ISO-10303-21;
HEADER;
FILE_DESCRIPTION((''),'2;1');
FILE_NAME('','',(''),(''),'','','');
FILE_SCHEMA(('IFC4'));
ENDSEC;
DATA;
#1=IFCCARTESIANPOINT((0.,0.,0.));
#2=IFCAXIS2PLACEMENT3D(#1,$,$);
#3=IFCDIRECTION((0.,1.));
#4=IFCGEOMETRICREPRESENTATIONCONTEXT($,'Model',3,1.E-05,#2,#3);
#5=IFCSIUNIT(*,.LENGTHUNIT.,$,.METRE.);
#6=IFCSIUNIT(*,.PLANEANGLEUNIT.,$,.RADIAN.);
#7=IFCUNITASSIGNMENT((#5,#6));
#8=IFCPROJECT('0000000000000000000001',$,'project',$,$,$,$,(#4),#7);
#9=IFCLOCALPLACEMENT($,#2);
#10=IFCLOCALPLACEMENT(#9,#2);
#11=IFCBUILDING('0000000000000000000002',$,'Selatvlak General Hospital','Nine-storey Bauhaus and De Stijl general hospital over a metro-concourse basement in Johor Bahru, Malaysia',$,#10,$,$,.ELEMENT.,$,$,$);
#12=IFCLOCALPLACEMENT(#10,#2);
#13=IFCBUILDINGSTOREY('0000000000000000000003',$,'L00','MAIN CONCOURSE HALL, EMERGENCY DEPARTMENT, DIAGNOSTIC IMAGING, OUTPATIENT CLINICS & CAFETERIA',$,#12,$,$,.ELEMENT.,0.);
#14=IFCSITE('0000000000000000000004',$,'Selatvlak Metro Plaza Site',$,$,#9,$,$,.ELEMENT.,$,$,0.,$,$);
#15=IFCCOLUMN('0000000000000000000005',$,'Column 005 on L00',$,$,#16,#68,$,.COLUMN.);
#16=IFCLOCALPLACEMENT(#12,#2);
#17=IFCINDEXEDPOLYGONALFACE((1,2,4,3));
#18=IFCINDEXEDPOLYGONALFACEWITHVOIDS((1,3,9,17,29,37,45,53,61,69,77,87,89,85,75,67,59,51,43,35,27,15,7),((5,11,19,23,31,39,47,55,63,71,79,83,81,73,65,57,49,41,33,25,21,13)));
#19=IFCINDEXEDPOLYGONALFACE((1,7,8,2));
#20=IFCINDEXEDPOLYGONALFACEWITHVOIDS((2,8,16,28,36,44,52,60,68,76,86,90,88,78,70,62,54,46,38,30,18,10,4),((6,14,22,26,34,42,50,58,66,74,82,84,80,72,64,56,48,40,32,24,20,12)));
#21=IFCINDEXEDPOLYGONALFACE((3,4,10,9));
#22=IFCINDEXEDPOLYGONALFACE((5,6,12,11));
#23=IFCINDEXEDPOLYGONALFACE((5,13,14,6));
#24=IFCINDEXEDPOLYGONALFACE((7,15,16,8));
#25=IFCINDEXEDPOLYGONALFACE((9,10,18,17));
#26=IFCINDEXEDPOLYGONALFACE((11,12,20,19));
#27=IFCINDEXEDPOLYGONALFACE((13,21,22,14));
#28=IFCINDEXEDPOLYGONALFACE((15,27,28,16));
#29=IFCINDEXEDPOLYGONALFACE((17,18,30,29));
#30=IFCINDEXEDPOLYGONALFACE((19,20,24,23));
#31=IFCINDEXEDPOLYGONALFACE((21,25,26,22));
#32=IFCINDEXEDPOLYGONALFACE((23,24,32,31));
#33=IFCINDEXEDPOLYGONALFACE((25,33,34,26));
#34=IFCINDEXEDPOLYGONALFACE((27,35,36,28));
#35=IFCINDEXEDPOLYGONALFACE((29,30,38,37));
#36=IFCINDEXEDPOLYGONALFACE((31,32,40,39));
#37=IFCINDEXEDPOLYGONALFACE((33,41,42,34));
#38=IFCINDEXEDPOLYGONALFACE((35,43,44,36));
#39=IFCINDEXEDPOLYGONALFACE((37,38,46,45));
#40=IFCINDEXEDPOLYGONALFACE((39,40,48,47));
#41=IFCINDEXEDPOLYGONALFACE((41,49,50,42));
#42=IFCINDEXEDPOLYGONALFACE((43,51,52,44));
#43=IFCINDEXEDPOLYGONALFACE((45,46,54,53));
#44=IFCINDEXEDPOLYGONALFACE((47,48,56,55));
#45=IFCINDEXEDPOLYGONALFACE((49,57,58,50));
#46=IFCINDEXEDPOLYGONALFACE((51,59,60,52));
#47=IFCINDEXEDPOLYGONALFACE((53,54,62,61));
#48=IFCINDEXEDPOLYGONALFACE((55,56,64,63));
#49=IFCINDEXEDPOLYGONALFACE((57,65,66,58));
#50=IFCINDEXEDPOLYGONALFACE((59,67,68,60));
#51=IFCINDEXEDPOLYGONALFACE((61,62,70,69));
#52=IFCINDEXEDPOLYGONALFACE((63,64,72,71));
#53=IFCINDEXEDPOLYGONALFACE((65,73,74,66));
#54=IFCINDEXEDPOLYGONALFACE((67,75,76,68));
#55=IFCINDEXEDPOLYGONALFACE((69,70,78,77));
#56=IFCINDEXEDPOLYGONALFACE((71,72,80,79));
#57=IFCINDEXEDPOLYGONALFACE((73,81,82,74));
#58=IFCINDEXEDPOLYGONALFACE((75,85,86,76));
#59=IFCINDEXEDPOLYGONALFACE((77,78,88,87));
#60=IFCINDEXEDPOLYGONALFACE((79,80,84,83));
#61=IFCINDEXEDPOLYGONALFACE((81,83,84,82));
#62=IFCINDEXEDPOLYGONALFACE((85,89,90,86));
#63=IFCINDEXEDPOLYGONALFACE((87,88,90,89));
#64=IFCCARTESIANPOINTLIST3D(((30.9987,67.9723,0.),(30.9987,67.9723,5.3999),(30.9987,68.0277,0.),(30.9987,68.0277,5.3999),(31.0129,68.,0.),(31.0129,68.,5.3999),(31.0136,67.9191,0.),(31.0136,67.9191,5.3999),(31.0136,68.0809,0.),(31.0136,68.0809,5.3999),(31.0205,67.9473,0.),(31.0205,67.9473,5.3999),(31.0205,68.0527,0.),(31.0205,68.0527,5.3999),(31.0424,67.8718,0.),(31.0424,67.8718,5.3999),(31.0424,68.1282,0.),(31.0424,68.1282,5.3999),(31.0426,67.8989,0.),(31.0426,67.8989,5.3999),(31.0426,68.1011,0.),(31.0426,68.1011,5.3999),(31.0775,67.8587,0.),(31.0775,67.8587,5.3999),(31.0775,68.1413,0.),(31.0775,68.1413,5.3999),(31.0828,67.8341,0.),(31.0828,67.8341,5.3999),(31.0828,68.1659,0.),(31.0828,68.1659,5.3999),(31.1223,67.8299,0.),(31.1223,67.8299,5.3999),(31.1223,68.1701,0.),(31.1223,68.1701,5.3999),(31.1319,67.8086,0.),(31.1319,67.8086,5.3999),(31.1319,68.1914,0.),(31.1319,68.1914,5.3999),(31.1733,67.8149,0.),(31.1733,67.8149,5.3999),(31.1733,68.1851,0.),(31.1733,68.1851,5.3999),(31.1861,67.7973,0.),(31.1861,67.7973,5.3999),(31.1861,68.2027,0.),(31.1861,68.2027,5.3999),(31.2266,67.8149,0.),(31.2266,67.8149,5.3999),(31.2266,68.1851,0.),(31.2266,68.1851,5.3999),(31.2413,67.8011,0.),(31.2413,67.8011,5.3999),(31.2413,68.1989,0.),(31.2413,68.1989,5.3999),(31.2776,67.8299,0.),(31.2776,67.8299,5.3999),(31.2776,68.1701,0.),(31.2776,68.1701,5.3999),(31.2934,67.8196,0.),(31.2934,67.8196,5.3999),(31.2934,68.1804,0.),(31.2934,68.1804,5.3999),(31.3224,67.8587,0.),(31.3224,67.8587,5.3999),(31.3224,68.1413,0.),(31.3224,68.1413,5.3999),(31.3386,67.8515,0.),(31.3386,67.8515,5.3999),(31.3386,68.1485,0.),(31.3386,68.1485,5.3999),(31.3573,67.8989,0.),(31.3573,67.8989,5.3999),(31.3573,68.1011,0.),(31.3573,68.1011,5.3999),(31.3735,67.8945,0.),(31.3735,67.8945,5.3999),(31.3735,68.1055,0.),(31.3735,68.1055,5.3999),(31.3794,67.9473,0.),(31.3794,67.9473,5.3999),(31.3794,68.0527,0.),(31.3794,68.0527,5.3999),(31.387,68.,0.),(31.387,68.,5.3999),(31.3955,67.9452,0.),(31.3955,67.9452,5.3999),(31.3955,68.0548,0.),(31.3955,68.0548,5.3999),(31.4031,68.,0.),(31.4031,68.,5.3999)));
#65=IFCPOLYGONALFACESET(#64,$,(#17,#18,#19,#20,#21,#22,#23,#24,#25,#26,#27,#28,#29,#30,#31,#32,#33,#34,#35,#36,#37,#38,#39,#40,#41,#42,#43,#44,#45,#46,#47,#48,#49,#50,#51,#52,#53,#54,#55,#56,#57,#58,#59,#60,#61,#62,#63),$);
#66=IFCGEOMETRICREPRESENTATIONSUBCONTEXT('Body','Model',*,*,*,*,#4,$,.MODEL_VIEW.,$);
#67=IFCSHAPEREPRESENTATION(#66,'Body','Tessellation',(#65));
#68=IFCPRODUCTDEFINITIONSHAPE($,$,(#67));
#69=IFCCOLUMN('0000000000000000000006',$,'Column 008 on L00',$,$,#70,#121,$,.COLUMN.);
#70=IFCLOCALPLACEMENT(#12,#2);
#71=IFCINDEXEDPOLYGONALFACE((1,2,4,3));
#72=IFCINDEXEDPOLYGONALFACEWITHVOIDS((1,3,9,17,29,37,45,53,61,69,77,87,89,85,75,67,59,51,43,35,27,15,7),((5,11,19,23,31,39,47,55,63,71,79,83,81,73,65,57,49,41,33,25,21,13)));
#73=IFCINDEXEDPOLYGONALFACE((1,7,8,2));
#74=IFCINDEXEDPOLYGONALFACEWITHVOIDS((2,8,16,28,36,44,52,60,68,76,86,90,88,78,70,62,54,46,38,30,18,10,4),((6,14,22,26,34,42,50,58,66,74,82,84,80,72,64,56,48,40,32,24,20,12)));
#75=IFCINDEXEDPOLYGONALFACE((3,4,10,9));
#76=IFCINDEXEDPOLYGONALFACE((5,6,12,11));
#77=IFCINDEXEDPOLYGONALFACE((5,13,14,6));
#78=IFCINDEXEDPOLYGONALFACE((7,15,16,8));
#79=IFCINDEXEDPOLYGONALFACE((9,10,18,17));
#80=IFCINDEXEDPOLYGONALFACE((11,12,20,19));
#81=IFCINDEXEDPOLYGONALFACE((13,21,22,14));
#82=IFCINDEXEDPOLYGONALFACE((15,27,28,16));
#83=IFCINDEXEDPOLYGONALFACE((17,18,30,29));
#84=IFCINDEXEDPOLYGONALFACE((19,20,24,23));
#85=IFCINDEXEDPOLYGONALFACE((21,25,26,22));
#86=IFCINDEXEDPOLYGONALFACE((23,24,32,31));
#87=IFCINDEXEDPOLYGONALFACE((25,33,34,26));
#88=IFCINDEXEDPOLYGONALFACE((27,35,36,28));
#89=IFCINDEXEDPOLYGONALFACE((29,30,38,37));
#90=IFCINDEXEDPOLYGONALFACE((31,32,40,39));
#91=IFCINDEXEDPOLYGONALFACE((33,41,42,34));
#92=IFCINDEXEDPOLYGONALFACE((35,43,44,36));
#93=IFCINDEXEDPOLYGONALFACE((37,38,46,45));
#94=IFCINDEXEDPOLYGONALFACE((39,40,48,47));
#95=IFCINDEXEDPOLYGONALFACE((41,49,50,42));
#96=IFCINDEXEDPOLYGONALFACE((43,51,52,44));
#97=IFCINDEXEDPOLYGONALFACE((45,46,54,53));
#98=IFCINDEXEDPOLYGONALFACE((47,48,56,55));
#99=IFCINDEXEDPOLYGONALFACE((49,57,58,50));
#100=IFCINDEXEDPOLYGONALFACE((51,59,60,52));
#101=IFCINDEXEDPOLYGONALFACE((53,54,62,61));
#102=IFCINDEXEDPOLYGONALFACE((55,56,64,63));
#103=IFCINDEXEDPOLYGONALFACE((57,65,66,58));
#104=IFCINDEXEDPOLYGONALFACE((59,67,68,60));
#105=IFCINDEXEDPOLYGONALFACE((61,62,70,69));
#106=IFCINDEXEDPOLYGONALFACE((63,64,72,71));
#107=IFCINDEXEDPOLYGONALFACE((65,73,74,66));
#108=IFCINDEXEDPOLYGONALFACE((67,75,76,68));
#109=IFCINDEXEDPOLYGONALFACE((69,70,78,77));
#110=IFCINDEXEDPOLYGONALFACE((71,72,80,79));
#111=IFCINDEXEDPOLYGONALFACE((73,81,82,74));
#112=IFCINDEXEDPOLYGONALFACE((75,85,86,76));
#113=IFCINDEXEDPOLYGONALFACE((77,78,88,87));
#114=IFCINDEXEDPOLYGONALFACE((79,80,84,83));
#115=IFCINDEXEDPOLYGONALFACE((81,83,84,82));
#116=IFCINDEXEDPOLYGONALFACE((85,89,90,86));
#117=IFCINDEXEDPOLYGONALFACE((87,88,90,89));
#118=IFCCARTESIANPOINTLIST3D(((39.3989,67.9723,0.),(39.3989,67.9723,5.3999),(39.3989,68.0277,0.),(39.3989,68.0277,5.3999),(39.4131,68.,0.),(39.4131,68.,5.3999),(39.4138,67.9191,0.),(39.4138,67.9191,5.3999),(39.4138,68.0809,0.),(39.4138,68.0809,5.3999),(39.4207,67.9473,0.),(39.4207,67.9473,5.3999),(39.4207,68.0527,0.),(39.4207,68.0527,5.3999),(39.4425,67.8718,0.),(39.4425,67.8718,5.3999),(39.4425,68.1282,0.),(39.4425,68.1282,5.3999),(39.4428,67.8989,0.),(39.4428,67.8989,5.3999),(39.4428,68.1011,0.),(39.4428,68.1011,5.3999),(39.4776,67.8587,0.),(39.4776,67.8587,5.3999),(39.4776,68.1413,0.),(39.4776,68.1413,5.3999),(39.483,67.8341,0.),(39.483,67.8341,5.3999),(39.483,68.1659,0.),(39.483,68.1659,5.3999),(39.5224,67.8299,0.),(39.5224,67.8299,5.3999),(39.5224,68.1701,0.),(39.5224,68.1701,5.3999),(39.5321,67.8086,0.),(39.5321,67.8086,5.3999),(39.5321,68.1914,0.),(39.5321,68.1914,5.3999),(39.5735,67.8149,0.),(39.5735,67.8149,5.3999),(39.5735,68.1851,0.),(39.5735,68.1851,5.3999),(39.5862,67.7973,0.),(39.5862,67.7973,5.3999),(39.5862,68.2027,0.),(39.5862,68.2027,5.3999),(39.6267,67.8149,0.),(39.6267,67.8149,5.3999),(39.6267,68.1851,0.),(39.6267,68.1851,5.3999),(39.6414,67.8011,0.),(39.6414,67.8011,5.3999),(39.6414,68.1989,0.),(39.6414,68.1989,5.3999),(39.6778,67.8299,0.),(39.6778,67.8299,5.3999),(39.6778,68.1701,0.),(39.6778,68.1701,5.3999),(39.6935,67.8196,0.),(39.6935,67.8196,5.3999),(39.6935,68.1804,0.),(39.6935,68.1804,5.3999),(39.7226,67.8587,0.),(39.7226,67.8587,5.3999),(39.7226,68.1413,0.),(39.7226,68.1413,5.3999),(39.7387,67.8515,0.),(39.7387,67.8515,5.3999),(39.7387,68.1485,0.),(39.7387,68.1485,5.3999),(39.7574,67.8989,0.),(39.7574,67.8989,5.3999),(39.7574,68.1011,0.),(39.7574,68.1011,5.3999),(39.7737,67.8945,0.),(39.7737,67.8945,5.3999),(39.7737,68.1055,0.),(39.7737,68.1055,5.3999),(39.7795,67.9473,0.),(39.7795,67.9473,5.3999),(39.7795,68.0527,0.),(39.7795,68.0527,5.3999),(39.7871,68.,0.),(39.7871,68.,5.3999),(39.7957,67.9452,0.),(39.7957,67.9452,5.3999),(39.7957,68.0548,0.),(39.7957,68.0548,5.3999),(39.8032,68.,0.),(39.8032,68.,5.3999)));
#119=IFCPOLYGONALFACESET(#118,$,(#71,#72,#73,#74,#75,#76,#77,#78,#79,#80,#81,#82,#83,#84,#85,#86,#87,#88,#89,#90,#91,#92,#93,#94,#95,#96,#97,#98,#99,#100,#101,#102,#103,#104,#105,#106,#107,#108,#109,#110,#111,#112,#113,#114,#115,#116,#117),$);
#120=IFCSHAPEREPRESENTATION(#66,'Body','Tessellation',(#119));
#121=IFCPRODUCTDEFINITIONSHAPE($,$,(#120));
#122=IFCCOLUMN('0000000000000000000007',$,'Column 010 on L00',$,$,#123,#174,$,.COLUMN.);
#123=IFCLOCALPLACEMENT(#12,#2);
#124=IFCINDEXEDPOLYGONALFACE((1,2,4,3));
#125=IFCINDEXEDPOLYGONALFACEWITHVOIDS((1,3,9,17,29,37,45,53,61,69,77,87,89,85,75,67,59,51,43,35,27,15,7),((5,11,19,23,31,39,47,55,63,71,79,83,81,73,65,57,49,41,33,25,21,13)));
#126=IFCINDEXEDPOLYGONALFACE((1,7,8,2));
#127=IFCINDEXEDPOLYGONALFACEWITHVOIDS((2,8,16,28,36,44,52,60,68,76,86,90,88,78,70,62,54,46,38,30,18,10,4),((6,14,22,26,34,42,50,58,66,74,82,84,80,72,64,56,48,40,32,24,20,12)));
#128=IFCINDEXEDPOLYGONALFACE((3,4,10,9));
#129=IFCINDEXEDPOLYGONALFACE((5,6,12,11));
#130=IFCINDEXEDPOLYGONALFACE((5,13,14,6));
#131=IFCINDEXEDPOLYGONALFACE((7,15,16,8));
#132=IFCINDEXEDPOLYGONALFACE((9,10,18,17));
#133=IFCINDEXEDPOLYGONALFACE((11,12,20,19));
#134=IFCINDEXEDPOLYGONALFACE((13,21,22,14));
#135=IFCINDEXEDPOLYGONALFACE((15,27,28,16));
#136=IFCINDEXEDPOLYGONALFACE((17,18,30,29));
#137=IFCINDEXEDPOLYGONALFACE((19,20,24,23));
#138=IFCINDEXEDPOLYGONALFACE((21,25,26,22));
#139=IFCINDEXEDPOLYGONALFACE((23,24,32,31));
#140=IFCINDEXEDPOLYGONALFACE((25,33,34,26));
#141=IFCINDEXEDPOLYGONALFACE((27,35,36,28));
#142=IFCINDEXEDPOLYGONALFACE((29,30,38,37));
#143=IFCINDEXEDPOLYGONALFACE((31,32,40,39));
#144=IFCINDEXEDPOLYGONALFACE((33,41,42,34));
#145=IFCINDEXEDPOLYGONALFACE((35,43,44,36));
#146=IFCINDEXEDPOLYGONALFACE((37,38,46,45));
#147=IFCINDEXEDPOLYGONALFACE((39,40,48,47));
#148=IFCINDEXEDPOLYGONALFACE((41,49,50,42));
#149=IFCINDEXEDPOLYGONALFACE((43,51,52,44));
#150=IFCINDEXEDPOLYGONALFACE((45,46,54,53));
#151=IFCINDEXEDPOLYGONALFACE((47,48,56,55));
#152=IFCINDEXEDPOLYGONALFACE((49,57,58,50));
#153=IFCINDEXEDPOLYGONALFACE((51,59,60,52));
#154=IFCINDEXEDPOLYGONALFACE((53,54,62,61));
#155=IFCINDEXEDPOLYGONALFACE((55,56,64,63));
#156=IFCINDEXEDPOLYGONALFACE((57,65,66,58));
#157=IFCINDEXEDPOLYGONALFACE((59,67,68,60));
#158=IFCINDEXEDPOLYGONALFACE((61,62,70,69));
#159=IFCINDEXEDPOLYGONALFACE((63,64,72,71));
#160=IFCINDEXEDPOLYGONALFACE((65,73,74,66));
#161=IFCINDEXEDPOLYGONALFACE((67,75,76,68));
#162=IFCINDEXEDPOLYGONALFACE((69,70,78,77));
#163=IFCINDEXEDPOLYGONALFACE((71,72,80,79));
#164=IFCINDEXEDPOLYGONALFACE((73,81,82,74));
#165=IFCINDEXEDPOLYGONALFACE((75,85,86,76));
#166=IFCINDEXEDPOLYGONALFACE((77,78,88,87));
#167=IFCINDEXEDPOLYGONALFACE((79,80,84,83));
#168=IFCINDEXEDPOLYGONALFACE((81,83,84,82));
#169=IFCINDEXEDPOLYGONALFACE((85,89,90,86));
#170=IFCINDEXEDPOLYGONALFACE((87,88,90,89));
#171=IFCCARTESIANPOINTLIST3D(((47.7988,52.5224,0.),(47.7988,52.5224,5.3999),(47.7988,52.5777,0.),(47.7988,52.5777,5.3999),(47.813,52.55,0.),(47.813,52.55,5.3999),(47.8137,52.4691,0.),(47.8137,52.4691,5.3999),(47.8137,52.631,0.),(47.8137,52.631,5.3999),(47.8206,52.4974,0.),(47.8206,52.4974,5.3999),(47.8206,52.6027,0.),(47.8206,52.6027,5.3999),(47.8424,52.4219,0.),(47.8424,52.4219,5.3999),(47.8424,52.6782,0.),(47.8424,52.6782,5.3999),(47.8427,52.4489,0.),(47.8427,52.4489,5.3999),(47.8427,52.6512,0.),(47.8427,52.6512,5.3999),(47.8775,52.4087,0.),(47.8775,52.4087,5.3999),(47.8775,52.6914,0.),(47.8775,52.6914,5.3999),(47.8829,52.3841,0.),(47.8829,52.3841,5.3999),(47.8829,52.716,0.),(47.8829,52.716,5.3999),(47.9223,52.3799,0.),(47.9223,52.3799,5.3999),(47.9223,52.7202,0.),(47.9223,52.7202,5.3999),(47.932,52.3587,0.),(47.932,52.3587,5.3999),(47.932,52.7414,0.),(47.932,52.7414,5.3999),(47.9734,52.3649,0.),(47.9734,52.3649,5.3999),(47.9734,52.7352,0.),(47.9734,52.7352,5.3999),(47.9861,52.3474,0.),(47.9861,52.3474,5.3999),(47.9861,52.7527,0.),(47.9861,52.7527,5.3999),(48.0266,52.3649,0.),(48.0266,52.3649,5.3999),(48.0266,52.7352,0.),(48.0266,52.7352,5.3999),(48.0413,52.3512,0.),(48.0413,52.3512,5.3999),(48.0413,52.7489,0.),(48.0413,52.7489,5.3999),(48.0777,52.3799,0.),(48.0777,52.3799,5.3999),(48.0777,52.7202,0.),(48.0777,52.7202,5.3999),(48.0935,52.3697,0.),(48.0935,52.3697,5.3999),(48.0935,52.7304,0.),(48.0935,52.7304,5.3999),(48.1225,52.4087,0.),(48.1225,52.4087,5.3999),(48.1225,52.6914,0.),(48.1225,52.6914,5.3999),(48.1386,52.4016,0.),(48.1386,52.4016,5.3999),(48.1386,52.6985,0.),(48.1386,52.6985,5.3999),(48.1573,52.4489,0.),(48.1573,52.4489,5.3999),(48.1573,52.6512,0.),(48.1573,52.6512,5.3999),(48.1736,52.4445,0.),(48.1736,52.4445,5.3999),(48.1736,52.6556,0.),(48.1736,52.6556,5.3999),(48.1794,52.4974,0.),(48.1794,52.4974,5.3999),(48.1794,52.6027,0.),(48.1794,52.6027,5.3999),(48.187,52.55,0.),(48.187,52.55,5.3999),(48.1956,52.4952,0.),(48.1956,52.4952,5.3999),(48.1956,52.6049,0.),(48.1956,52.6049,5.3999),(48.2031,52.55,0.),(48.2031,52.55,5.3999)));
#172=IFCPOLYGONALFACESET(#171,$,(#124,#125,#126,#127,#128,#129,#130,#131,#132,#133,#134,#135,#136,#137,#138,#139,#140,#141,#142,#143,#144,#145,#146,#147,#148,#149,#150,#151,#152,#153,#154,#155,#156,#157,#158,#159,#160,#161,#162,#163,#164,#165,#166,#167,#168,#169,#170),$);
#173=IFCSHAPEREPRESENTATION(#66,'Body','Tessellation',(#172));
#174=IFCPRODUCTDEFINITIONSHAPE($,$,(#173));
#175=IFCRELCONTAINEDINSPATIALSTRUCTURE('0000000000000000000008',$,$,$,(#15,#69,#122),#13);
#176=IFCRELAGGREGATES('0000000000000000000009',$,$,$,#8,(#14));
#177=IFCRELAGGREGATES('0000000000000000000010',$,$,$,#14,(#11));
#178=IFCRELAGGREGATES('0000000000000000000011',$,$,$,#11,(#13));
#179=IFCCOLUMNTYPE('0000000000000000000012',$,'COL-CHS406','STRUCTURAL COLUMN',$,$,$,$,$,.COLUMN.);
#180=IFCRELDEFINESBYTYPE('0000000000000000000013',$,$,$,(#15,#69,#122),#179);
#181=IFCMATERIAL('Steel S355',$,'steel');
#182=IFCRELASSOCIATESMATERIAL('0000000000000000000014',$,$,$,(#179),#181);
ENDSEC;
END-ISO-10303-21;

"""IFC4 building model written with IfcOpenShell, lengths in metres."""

from ifc_helpers import new_model, si_unit, direction, frame, origin, origin_2d, place, context, subcontext, project, spatial, hollow_circle, extrude, material, material_profile, profile_set, type_object, element, save


model = new_model("IFC4")

# Units and contexts
model_context = context("Model", 3, precision=1e-05, world=origin(), true_north=direction((0.0, 1.0)))
body_context = subcontext(model_context, "Body", "Model", "MODEL_VIEW")
ifc_project = project(units=[si_unit("LENGTHUNIT", "METRE"), si_unit("PLANEANGLEUNIT", "RADIAN")], contexts=[model_context])

# Site, building, storey
site_placement = place(None, origin())
site = spatial("IfcSite", under=ifc_project, at=site_placement, Name="Selatvlak Metro Plaza Site", CompositionType="ELEMENT", RefElevation=0.0)
building_placement = place(site_placement, origin())
building = spatial("IfcBuilding", under=site, at=building_placement, Name="Selatvlak General Hospital", Description="Nine-storey Bauhaus and De Stijl general hospital over a metro-concourse basement in Johor Bahru, Malaysia", CompositionType="ELEMENT")
storey_placement = place(building_placement, origin())
storey = spatial("IfcBuildingStorey", under=building, at=storey_placement, Name="L00", Description="MAIN CONCOURSE HALL, EMERGENCY DEPARTMENT, DIAGNOSTIC IMAGING, OUTPATIENT CLINICS & CAFETERIA", CompositionType="ELEMENT", Elevation=0.0)

# Columns
ifc_material_1 = material(Name="Steel S355", Category="steel")
ifc_material_profile_1 = material_profile(ifc_material_1, hollow_circle(Radius=0.2031, WallThickness=0.0161, at=origin_2d()), Name="CHS 406.4x16")
ifc_profile_set_1 = profile_set([ifc_material_profile_1], Name="Steel S355")
column_type = type_object("IfcColumnType", Name="COL-CHS406", Description="STRUCTURAL COLUMN", PredefinedType="COLUMN", material=ifc_profile_set_1)
for number, where, z_axis, x_axis, name in (
    (1, (31.2, 68.0, 0.0), (0.0, 0.0, 1.0), (1.0, 0.0, 0.0), "Column 005 on L00"),
    (2, (39.6001, 68.0, 0.0), (0.0, 0.0, 1.0), (1.0, 0.0, 0.0), "Column 008 on L00"),
    (3, (48.0, 52.55, 0.0), (0.0, 0.0, 1.0), (1.0, 0.0, 0.0), "Column 010 on L00"),
):
    element("IfcColumn", number, at=place(storey_placement, frame(where, z_axis=z_axis, x_axis=x_axis)), inside=storey, type_object=column_type, Name=name, PredefinedType="COLUMN", context=body_context, shape_type="SweptSolid", body=[
        extrude(hollow_circle(Radius=0.2031, WallThickness=0.0161, at=origin_2d()), origin(), (0.0, 0.0, 1.0), 5.3999),
    ])

save(model, "model.ifc")
